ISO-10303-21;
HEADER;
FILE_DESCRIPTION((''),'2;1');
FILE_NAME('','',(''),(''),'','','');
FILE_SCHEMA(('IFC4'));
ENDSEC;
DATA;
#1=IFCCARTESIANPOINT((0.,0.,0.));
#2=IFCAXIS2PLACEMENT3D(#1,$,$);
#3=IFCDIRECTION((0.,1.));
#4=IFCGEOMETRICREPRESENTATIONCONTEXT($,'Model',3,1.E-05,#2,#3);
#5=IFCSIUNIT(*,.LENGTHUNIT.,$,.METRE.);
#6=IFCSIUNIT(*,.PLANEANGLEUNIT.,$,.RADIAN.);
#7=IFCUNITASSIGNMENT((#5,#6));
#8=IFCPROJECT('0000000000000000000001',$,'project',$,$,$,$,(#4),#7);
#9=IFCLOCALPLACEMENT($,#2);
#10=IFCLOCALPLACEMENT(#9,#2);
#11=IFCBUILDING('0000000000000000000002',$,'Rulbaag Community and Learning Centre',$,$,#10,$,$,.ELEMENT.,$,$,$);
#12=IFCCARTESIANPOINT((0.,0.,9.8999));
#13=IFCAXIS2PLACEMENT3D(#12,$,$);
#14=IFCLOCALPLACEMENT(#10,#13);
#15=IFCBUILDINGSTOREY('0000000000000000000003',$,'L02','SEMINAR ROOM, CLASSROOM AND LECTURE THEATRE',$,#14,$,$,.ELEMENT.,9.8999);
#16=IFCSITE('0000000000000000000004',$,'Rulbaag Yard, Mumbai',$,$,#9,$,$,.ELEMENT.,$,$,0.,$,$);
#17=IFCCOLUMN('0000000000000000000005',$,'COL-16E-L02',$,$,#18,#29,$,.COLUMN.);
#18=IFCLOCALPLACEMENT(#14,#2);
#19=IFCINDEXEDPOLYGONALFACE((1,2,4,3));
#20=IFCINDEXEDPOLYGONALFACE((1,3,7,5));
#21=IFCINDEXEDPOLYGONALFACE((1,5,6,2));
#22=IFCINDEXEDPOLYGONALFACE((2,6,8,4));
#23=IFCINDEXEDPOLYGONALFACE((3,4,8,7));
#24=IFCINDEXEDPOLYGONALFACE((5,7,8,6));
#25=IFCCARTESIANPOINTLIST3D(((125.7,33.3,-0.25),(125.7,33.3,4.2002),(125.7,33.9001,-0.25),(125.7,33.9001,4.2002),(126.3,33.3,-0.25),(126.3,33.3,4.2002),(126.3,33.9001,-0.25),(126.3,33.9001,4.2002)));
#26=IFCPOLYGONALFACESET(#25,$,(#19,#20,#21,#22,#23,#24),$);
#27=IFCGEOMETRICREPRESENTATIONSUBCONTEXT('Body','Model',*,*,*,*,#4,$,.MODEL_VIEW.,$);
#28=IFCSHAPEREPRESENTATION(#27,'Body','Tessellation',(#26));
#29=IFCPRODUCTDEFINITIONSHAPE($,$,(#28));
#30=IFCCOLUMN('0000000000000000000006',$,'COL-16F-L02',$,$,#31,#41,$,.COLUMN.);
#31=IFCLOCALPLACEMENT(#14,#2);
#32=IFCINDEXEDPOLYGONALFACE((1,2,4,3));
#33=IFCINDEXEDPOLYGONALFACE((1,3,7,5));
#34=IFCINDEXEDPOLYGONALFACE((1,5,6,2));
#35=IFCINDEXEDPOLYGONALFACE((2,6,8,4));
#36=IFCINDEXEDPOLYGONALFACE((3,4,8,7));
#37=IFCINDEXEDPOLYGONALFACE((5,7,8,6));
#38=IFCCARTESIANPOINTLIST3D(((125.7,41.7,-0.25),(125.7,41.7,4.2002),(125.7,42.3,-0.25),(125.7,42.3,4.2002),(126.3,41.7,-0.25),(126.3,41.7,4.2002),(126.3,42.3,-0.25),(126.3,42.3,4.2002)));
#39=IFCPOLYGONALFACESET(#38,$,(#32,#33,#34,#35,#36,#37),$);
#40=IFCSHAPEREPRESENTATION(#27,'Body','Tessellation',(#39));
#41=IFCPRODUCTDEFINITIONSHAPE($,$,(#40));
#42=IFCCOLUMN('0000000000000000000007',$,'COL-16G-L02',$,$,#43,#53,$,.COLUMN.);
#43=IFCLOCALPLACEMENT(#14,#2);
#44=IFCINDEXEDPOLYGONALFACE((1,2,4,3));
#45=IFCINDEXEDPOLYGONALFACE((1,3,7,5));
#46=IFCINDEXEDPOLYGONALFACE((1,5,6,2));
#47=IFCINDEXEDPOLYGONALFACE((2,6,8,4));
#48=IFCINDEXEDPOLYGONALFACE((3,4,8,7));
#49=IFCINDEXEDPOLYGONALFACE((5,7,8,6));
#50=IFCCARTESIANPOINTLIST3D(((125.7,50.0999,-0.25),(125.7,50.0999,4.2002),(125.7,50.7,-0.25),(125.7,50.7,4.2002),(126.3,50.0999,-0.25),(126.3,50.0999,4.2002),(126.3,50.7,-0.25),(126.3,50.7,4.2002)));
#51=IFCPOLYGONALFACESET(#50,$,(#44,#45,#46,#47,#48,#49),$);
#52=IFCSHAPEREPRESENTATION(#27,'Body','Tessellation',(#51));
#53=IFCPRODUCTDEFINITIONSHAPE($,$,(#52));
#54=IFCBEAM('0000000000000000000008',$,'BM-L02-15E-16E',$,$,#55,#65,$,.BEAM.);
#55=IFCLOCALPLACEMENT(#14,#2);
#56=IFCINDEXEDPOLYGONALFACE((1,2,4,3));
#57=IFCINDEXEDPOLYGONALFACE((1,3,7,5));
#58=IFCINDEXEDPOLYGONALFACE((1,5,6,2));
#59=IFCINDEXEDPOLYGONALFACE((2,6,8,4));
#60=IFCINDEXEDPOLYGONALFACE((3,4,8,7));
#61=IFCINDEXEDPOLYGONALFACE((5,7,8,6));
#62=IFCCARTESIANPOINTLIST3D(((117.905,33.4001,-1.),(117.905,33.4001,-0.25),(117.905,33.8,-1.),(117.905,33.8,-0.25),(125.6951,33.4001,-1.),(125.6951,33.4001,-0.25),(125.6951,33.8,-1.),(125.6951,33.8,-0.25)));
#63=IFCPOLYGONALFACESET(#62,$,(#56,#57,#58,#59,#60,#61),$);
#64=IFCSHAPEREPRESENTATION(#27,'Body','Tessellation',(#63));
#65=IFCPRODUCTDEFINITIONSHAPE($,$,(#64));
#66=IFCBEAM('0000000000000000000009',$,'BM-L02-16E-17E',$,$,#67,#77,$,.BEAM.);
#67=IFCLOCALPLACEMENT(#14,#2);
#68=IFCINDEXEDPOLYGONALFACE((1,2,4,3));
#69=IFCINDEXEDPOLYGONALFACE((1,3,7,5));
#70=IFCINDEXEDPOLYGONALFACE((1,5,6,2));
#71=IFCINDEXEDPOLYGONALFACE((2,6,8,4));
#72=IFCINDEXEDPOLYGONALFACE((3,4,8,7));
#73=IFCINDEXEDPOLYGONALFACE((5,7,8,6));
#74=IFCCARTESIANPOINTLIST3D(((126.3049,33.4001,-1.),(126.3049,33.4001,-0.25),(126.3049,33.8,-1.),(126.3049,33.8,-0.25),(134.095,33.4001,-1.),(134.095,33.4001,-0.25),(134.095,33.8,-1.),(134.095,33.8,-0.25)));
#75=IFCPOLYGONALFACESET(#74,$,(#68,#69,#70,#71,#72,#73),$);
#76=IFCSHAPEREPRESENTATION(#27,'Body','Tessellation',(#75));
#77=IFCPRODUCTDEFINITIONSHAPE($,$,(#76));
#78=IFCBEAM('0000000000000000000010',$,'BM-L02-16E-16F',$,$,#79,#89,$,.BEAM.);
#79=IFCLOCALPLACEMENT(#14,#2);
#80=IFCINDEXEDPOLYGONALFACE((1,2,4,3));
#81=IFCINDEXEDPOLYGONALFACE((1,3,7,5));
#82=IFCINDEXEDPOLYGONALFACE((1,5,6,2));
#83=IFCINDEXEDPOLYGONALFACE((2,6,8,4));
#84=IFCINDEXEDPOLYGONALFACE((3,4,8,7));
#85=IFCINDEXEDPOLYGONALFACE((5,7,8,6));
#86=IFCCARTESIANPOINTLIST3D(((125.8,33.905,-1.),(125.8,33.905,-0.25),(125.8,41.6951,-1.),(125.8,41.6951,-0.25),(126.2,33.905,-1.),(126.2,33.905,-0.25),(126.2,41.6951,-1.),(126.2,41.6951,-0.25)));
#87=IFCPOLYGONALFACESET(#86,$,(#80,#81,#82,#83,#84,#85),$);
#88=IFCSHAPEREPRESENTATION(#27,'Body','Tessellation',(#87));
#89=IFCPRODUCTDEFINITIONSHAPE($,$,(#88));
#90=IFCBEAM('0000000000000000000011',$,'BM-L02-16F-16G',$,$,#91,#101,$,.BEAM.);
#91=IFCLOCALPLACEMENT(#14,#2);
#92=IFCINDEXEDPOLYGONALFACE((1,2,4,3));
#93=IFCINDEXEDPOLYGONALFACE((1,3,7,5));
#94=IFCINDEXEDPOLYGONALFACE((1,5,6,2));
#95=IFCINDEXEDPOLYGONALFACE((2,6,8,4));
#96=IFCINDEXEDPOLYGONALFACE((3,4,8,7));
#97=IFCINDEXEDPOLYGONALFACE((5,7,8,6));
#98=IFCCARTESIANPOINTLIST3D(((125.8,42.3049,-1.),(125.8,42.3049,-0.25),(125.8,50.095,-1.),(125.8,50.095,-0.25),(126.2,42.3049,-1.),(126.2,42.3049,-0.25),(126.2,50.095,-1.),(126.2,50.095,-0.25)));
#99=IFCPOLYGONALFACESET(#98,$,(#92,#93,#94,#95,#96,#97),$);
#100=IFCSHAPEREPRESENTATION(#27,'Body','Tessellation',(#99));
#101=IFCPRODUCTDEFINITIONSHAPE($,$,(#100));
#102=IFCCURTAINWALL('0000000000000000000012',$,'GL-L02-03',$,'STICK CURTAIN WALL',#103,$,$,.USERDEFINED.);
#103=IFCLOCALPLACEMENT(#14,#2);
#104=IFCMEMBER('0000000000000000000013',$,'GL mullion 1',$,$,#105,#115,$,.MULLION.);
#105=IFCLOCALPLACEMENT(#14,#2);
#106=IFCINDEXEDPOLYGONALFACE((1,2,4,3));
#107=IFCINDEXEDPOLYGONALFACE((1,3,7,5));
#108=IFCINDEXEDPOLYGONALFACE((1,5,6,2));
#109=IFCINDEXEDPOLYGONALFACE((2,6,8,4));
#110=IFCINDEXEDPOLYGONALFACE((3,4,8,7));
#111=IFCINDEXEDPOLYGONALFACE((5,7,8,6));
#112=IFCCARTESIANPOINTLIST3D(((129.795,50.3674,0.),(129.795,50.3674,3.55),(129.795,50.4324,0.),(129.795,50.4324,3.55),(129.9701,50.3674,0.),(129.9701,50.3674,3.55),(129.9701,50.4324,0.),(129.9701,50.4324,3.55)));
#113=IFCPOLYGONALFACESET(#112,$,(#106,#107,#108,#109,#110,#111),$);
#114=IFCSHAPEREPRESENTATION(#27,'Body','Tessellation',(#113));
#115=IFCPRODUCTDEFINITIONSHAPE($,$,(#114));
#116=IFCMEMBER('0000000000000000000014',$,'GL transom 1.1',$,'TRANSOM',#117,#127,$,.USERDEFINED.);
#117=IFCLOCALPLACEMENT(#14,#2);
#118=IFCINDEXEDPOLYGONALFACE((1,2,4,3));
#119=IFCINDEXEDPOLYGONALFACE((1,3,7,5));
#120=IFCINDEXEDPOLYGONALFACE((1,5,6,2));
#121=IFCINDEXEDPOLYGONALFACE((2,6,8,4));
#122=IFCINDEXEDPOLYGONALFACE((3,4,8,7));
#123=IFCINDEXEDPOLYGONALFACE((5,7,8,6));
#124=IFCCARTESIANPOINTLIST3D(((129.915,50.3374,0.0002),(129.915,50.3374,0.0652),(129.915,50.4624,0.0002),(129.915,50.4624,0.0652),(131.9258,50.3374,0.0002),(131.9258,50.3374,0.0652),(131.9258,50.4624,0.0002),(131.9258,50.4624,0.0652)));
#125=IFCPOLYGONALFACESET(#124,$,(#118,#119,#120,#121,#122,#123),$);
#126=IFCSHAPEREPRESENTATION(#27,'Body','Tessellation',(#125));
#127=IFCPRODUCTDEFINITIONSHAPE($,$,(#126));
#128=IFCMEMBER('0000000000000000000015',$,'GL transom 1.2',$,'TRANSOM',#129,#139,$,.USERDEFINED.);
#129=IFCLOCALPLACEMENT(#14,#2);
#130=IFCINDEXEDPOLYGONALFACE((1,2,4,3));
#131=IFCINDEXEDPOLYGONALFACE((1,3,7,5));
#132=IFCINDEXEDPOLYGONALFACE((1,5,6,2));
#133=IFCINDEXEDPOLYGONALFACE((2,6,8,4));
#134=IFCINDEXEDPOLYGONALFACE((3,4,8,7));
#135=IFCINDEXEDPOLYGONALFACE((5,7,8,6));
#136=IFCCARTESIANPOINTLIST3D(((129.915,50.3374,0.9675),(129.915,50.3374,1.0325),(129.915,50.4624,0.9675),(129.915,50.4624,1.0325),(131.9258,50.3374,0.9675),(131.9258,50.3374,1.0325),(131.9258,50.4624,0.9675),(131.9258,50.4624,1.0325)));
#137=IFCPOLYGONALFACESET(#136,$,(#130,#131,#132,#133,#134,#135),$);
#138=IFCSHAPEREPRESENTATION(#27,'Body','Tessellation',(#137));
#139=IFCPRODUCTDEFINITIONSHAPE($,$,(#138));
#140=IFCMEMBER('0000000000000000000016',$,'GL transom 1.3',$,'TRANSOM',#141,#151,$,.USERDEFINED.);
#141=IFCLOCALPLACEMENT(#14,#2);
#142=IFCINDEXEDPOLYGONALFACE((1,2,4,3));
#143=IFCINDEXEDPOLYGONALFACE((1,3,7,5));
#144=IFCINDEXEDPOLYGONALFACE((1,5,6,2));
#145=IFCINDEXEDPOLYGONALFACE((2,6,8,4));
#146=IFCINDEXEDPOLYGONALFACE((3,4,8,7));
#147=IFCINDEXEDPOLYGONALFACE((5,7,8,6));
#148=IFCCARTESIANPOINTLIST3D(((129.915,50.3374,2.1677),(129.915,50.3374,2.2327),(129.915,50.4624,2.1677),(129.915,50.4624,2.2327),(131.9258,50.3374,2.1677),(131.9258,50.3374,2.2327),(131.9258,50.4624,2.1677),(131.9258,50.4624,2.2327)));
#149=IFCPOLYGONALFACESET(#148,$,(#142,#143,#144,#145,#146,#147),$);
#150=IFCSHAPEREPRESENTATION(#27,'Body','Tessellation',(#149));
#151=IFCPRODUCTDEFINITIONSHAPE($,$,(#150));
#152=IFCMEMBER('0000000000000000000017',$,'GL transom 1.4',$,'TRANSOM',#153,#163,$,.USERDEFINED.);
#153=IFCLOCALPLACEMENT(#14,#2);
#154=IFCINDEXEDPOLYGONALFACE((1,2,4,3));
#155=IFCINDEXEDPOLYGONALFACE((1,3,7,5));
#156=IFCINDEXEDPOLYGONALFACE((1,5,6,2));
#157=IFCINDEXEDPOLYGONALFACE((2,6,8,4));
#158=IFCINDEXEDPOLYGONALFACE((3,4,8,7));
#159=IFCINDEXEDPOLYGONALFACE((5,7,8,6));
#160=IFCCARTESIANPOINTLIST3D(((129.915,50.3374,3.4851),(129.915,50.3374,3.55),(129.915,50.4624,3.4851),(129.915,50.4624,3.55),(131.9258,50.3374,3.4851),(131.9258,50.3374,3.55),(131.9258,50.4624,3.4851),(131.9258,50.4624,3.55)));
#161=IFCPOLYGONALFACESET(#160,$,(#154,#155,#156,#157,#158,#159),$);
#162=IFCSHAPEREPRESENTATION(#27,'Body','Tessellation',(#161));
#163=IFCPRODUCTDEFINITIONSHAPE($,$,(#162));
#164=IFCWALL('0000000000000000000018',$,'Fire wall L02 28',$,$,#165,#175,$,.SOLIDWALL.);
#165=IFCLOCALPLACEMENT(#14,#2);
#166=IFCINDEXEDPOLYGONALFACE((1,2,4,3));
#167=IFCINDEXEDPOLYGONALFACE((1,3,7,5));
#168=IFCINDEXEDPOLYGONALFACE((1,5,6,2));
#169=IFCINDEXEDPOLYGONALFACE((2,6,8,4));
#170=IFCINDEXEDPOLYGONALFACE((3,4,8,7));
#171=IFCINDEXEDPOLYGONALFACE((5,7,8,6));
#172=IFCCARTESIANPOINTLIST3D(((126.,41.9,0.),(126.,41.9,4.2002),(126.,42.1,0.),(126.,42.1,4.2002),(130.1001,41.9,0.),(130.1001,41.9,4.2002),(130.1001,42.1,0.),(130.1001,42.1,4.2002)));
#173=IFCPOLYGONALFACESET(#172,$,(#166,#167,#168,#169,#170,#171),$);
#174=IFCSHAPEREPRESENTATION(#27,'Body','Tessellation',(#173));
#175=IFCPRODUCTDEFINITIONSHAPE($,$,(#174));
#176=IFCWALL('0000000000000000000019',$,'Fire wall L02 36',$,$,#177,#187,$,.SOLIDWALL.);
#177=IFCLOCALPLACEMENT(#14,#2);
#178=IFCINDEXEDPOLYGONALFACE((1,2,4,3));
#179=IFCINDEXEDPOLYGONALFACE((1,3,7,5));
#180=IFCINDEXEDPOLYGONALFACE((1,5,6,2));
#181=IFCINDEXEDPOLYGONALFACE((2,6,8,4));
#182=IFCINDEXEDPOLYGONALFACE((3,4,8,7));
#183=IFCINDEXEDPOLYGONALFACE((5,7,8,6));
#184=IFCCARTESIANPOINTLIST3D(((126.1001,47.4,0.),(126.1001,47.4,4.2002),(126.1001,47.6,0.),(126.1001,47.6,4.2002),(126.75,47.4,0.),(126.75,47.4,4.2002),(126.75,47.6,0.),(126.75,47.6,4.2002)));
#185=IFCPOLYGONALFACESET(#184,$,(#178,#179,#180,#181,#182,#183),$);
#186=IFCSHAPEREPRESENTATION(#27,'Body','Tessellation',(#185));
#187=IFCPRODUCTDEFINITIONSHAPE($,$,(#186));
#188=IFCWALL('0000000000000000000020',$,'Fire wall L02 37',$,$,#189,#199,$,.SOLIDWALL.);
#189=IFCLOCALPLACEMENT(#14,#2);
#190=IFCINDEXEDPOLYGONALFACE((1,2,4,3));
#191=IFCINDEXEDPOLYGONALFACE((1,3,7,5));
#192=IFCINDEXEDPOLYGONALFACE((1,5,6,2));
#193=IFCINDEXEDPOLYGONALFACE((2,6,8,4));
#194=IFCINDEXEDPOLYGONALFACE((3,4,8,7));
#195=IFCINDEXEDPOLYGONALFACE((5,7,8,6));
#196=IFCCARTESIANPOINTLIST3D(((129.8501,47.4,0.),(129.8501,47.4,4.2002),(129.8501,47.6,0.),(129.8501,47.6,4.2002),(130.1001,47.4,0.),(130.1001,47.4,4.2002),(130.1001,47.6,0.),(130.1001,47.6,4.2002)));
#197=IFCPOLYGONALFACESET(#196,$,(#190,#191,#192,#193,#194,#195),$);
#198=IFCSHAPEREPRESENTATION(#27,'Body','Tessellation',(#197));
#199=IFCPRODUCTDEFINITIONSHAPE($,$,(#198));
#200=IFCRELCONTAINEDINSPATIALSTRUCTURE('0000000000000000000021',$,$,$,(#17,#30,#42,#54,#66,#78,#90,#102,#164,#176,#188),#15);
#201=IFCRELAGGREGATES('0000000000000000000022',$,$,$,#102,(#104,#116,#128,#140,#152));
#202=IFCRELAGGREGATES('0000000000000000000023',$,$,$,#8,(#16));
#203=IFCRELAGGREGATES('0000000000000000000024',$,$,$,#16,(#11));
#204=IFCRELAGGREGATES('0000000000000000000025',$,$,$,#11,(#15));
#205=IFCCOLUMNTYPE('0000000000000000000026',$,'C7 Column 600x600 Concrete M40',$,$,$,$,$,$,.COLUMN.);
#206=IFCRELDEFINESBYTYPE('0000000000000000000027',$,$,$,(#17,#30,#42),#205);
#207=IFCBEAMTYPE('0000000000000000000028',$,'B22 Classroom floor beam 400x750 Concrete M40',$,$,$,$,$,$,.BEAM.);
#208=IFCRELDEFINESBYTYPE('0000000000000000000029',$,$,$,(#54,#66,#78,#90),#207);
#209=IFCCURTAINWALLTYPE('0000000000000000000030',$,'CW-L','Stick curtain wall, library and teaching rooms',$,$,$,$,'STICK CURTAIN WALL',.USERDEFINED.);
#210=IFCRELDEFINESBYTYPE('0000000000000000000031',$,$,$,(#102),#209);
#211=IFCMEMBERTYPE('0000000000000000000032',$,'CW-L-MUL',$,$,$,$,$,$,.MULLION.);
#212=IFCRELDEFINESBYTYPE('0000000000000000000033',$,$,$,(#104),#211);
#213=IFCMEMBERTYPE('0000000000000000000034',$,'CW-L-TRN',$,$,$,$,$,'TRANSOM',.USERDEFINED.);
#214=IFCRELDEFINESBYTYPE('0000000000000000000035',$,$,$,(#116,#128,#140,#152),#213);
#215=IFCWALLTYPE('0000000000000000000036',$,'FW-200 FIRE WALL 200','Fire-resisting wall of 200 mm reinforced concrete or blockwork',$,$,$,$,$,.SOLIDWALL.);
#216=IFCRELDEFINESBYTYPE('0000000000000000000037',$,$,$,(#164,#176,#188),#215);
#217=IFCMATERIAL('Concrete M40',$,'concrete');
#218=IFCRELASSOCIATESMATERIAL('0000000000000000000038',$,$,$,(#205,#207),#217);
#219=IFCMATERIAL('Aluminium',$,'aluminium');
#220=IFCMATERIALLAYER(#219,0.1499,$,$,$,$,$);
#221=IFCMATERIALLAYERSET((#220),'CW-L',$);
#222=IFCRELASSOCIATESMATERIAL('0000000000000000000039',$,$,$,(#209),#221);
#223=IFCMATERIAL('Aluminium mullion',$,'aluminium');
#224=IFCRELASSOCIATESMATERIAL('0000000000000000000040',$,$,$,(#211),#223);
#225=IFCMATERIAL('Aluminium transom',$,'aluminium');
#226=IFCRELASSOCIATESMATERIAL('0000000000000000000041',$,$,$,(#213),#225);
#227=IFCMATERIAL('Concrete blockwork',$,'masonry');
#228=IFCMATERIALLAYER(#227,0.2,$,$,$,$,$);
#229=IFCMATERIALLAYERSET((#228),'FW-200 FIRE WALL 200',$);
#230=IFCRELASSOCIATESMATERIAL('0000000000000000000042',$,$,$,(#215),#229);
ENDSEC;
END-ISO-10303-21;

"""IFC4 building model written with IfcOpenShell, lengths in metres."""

from ifc_helpers import new_model, si_unit, direction, frame, frame_2d, origin, origin_2d, place, context, subcontext, project, spatial, rectangle, extrude, material, layer, layer_set, material_profile, profile_set, type_object, element, aggregate, save


model = new_model("IFC4")

# Units and contexts
model_context = context("Model", 3, precision=1e-05, world=origin(), true_north=direction((0.0, 1.0)))
body_context = subcontext(model_context, "Body", "Model", "MODEL_VIEW")
ifc_project = project(units=[si_unit("LENGTHUNIT", "METRE"), si_unit("PLANEANGLEUNIT", "RADIAN")], contexts=[model_context])

# Site, building, storey
site_placement = place(None, origin())
site = spatial("IfcSite", under=ifc_project, at=site_placement, Name="Rulbaag Yard, Mumbai", CompositionType="ELEMENT", RefElevation=0.0)
building_placement = place(site_placement, origin())
building = spatial("IfcBuilding", under=site, at=building_placement, Name="Rulbaag Community and Learning Centre", CompositionType="ELEMENT")
storey_placement = place(building_placement, frame((0.0, 0.0, 9.8999)))
storey = spatial("IfcBuildingStorey", under=building, at=storey_placement, Name="L02", Description="SEMINAR ROOM, CLASSROOM AND LECTURE THEATRE", CompositionType="ELEMENT", Elevation=9.8999)

# Columns
ifc_material_1 = material(Name="Concrete M40", Category="concrete")
ifc_material_profile_1 = material_profile(ifc_material_1, rectangle(XDim=0.6001, YDim=0.6001, at=origin_2d()), Name="RC600x600")
ifc_profile_set_1 = profile_set([ifc_material_profile_1], Name="Concrete M40")
column_type = type_object("IfcColumnType", Name="C7 Column 600x600 Concrete M40", PredefinedType="COLUMN", material=ifc_profile_set_1)
for number, where, z_axis, x_axis, name in (
    (1, (126.0, 33.6001, -0.25), (0.0, 0.0, 1.0), (1.0, 0.0, 0.0), "COL-16E-L02"),
    (2, (126.0, 42.0, -0.25), (0.0, 0.0, 1.0), (1.0, 0.0, 0.0), "COL-16F-L02"),
    (3, (126.0, 50.3999, -0.25), (0.0, 0.0, 1.0), (1.0, 0.0, 0.0), "COL-16G-L02"),
):
    element("IfcColumn", number, at=place(storey_placement, frame(where, z_axis=z_axis, x_axis=x_axis)), inside=storey, type_object=column_type, Name=name, PredefinedType="COLUMN", context=body_context, shape_type="SweptSolid", body=[
        extrude(rectangle(XDim=0.6001, YDim=0.6001, at=origin_2d()), origin(), (0.0, 0.0, 1.0), 4.4502),
    ])

# Beams
ifc_material_profile_2 = material_profile(ifc_material_1, rectangle(XDim=0.3999, YDim=0.75, at=origin_2d()), Name="RB400x750")
ifc_profile_set_2 = profile_set([ifc_material_profile_2], Name="Concrete M40")
beam_type = type_object("IfcBeamType", Name="B22 Classroom floor beam 400x750 Concrete M40", PredefinedType="BEAM", material=ifc_profile_set_2)
for number, where, z_axis, x_axis, name in (
    (4, (117.905, 33.6001, -0.625), (1.0, 0.0, 0.0), (0.0, 1.0, 0.0), "BM-L02-15E-16E"),
    (5, (126.3049, 33.6001, -0.625), (1.0, 0.0, 0.0), (0.0, 1.0, 0.0), "BM-L02-16E-17E"),
    (6, (126.0, 33.905, -0.625), (0.0, 1.0, 0.0), (-1.0, 0.0, 0.0), "BM-L02-16E-16F"),
    (7, (126.0, 42.3049, -0.625), (0.0, 1.0, 0.0), (-1.0, 0.0, 0.0), "BM-L02-16F-16G"),
):
    element("IfcBeam", number, at=place(storey_placement, frame(where, z_axis=z_axis, x_axis=x_axis)), inside=storey, type_object=beam_type, Name=name, PredefinedType="BEAM", context=body_context, shape_type="SweptSolid", body=[
        extrude(rectangle(XDim=0.3999, YDim=0.75, at=origin_2d()), origin(), (0.0, 0.0, 1.0), 7.79),
    ])

# Curtain wall, members
ifc_material_2 = material(Name="Aluminium", Category="aluminium")
ifc_layer_1 = layer(ifc_material_2, 0.1499)
ifc_layer_set_1 = layer_set([ifc_layer_1], Name="CW-L")
curtain_wall_type = type_object("IfcCurtainWallType", Name="CW-L", Description="Stick curtain wall, library and teaching rooms", ElementType="STICK CURTAIN WALL", PredefinedType="USERDEFINED", material=ifc_layer_set_1)
curtain_wall_placement = place(storey_placement, origin())
curtain_wall = element("IfcCurtainWall", 8, at=curtain_wall_placement, inside=storey, type_object=curtain_wall_type, Name="GL-L02-03", ObjectType="STICK CURTAIN WALL", PredefinedType="USERDEFINED")
ifc_material_3 = material(Name="Aluminium mullion", Category="aluminium")
ifc_material_profile_3 = material_profile(ifc_material_3, rectangle(XDim=0.0649, YDim=0.175, at=origin_2d()), Name="AL 65x175")
ifc_profile_set_3 = profile_set([ifc_material_profile_3], Name="Aluminium mullion")
member_type_1 = type_object("IfcMemberType", Name="CW-L-MUL", PredefinedType="MULLION", material=ifc_profile_set_3)
member_1_placement = place(storey_placement, frame((129.8826, 50.3999, 0.0), z_axis=(0.0, 0.0, 1.0), x_axis=(0.0, 1.0, 0.0)))
member_1 = element("IfcMember", 9, at=member_1_placement, type_object=member_type_1, Name="GL mullion 1", PredefinedType="MULLION", context=body_context, shape_type="SweptSolid", body=[
    extrude(rectangle(XDim=0.0649, YDim=0.175, at=origin_2d()), origin(), (0.0, 0.0, 1.0), 3.55),
])
ifc_material_4 = material(Name="Aluminium transom", Category="aluminium")
ifc_material_profile_4 = material_profile(ifc_material_4, rectangle(XDim=0.125, YDim=0.0649, at=origin_2d()), Name="AL 65x125 T")
ifc_profile_set_4 = profile_set([ifc_material_profile_4], Name="Aluminium transom")
member_type_2 = type_object("IfcMemberType", Name="CW-L-TRN", ElementType="TRANSOM", PredefinedType="USERDEFINED", material=ifc_profile_set_4)
member_2_placement = place(storey_placement, frame((129.915, 50.3999, 0.0327), z_axis=(1.0, 0.0, 0.0), x_axis=(0.0, 1.0, 0.0)))
member_2 = element("IfcMember", 10, at=member_2_placement, type_object=member_type_2, Name="GL transom 1.1", ObjectType="TRANSOM", PredefinedType="USERDEFINED", context=body_context, shape_type="SweptSolid", body=[
    extrude(rectangle(XDim=0.125, YDim=0.0649, at=origin_2d()), origin(), (0.0, 0.0, 1.0), 2.0107),
])
member_3_placement = place(storey_placement, frame((129.915, 50.3999, 1.0), z_axis=(1.0, 0.0, 0.0), x_axis=(0.0, 1.0, 0.0)))
member_3 = element("IfcMember", 11, at=member_3_placement, type_object=member_type_2, Name="GL transom 1.2", ObjectType="TRANSOM", PredefinedType="USERDEFINED", context=body_context, shape_type="SweptSolid", body=[
    extrude(rectangle(XDim=0.125, YDim=0.0649, at=origin_2d()), origin(), (0.0, 0.0, 1.0), 2.0107),
])
member_4_placement = place(storey_placement, frame((129.915, 50.3999, 2.2002), z_axis=(1.0, 0.0, 0.0), x_axis=(0.0, 1.0, 0.0)))
member_4 = element("IfcMember", 12, at=member_4_placement, type_object=member_type_2, Name="GL transom 1.3", ObjectType="TRANSOM", PredefinedType="USERDEFINED", context=body_context, shape_type="SweptSolid", body=[
    extrude(rectangle(XDim=0.125, YDim=0.0649, at=origin_2d()), origin(), (0.0, 0.0, 1.0), 2.0107),
])
member_5_placement = place(storey_placement, frame((129.915, 50.3999, 3.5176), z_axis=(1.0, 0.0, 0.0), x_axis=(0.0, 1.0, 0.0)))
member_5 = element("IfcMember", 13, at=member_5_placement, type_object=member_type_2, Name="GL transom 1.4", ObjectType="TRANSOM", PredefinedType="USERDEFINED", context=body_context, shape_type="SweptSolid", body=[
    extrude(rectangle(XDim=0.125, YDim=0.0649, at=origin_2d()), origin(), (0.0, 0.0, 1.0), 2.0107),
])
aggregate(curtain_wall, [member_1, member_2, member_3, member_4, member_5])

# Walls
ifc_material_5 = material(Name="Concrete blockwork", Category="masonry")
ifc_layer_2 = layer(ifc_material_5, 0.2)
ifc_layer_set_2 = layer_set([ifc_layer_2], Name="FW-200 FIRE WALL 200")
wall_type_1 = type_object("IfcWallType", Name="FW-200 FIRE WALL 200", Description="Fire-resisting wall of 200 mm reinforced concrete or blockwork", PredefinedType="SOLIDWALL", material=ifc_layer_set_2)
wall_1_placement = place(storey_placement, frame((126.0, 42.0, 0.0), z_axis=(0.0, 0.0, 1.0), x_axis=(1.0, 0.0, 0.0)))
element("IfcWall", 14, at=wall_1_placement, inside=storey, type_object=wall_type_1, Name="Fire wall L02 28", PredefinedType="SOLIDWALL", context=body_context, shape_type="SweptSolid", body=[
    extrude(rectangle(XDim=4.1001, YDim=0.2, at=frame_2d((2.05, 0.0))), origin(), (0.0, 0.0, 1.0), 4.2002),
])
wall_2_placement = place(storey_placement, frame((126.1001, 47.5, 0.0), z_axis=(0.0, 0.0, 1.0), x_axis=(1.0, 0.0, 0.0)))
element("IfcWall", 15, at=wall_2_placement, inside=storey, type_object=wall_type_1, Name="Fire wall L02 36", PredefinedType="SOLIDWALL", context=body_context, shape_type="SweptSolid", body=[
    extrude(rectangle(XDim=0.6499, YDim=0.2, at=frame_2d((0.325, 0.0))), origin(), (0.0, 0.0, 1.0), 4.2002),
])
wall_3_placement = place(storey_placement, frame((129.8501, 47.5, 0.0), z_axis=(0.0, 0.0, 1.0), x_axis=(1.0, 0.0, 0.0)))
element("IfcWall", 16, at=wall_3_placement, inside=storey, type_object=wall_type_1, Name="Fire wall L02 37", PredefinedType="SOLIDWALL", context=body_context, shape_type="SweptSolid", body=[
    extrude(rectangle(XDim=0.25, YDim=0.2, at=frame_2d((0.125, 0.0))), origin(), (0.0, 0.0, 1.0), 4.2002),
])

save(model, "model.ifc")
